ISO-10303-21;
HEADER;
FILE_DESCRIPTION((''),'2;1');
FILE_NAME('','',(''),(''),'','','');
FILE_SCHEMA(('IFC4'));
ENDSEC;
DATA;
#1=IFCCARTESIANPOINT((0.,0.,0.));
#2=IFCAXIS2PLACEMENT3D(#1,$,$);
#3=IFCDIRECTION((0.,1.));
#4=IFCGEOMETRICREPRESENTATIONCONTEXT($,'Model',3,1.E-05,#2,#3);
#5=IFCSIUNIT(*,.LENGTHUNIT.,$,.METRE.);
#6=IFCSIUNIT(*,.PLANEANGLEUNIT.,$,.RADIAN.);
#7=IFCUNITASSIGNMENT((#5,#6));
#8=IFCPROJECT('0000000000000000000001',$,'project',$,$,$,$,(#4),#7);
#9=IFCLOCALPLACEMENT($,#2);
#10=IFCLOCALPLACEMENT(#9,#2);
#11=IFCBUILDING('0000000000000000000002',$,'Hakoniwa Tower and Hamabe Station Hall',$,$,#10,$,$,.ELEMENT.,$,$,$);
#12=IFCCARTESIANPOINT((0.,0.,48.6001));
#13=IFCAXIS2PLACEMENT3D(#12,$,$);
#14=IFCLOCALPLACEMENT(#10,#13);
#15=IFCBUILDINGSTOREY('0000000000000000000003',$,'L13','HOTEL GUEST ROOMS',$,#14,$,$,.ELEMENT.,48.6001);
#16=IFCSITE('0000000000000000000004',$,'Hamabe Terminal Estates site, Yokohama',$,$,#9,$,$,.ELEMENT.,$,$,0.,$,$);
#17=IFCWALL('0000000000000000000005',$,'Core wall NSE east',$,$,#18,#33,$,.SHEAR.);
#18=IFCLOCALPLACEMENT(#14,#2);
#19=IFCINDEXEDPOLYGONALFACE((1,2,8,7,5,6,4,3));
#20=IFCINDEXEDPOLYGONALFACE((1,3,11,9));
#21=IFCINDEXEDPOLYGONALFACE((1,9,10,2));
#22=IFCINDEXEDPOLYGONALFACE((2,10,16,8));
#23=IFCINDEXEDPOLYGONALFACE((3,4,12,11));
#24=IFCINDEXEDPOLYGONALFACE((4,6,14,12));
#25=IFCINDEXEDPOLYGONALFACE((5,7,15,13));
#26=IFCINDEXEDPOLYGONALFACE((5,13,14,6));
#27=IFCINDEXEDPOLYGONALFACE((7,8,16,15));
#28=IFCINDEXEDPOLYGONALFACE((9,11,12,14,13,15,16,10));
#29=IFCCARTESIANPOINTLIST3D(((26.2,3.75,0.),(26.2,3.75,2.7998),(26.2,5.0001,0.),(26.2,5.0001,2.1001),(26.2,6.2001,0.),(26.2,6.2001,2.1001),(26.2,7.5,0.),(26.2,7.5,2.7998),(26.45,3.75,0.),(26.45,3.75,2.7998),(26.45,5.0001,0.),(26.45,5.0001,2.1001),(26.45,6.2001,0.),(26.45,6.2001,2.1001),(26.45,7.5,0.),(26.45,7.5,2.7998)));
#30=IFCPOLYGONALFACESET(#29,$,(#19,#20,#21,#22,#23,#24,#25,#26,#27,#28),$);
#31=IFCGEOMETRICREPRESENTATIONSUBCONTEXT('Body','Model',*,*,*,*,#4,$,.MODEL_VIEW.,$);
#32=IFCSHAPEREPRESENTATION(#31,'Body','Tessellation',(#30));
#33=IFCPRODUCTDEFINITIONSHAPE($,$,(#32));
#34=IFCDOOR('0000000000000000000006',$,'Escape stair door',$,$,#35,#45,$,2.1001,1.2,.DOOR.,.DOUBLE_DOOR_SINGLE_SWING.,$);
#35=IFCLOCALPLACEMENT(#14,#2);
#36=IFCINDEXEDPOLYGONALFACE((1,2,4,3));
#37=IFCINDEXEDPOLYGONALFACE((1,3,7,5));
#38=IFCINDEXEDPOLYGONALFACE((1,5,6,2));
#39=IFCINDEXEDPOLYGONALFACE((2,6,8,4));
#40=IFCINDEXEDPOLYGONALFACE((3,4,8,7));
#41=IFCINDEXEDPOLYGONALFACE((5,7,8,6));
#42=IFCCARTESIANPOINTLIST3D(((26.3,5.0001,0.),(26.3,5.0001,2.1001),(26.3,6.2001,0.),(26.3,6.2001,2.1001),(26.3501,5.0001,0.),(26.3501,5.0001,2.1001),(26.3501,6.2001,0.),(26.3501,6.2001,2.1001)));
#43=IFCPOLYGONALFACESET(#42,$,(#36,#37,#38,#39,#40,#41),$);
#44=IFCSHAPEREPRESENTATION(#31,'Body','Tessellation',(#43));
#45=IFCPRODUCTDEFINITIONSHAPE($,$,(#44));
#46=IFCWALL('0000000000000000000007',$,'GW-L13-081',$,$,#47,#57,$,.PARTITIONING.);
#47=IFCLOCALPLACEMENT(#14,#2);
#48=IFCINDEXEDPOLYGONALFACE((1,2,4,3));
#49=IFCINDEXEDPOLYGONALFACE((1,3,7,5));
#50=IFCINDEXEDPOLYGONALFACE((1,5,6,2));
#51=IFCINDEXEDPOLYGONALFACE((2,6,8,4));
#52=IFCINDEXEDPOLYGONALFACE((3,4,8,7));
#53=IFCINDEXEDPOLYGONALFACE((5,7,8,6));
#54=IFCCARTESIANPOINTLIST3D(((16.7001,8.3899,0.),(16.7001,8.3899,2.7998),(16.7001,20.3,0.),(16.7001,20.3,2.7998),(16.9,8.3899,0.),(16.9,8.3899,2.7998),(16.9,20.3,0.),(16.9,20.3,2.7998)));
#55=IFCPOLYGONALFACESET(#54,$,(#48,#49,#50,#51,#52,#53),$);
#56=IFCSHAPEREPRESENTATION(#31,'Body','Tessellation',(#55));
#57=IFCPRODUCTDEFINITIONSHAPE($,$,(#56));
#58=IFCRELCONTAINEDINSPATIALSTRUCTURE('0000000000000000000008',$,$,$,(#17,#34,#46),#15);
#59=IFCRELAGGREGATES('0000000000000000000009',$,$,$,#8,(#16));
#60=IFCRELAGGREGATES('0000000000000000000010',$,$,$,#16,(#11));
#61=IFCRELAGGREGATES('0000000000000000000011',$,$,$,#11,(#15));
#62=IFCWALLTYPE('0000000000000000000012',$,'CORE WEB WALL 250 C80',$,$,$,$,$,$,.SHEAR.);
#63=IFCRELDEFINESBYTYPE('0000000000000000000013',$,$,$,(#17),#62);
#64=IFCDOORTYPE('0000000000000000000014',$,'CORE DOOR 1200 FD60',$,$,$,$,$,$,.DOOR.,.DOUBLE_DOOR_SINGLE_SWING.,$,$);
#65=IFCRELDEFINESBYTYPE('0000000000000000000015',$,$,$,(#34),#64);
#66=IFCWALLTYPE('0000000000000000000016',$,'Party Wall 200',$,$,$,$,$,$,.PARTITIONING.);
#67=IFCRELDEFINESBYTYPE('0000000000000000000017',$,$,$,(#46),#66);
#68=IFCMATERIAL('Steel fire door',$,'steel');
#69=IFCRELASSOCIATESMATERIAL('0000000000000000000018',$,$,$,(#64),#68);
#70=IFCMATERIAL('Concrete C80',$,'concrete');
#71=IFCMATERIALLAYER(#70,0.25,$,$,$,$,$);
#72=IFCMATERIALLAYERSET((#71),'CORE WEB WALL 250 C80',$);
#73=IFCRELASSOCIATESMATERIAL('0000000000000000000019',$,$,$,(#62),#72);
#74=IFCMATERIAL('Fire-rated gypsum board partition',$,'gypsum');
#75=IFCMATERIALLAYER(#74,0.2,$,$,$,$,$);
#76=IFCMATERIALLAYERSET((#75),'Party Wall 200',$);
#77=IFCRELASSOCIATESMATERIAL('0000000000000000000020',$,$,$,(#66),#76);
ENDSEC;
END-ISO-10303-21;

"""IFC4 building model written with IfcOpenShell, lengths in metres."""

from ifc_helpers import new_model, si_unit, direction, frame, frame_2d, origin, place, context, subcontext, project, spatial, rectangle, extrude, material, layer, layer_set, type_object, element, fill, save


model = new_model("IFC4")

# Units and contexts
model_context = context("Model", 3, precision=1e-05, world=origin(), true_north=direction((0.0, 1.0)))
body_context = subcontext(model_context, "Body", "Model", "MODEL_VIEW")
ifc_project = project(units=[si_unit("LENGTHUNIT", "METRE"), si_unit("PLANEANGLEUNIT", "RADIAN")], contexts=[model_context])

# Site, building, storey
site_placement = place(None, origin())
site = spatial("IfcSite", under=ifc_project, at=site_placement, Name="Hamabe Terminal Estates site, Yokohama", CompositionType="ELEMENT", RefElevation=0.0)
building_placement = place(site_placement, origin())
building = spatial("IfcBuilding", under=site, at=building_placement, Name="Hakoniwa Tower and Hamabe Station Hall", CompositionType="ELEMENT")
storey_placement = place(building_placement, frame((0.0, 0.0, 48.6001)))
storey = spatial("IfcBuildingStorey", under=building, at=storey_placement, Name="L13", Description="HOTEL GUEST ROOMS", CompositionType="ELEMENT", Elevation=48.6001)

# Shared definitions
ifc_material_1 = material(Name="Steel fire door", Category="steel")
door_type_1 = type_object("IfcDoorType", Name="CORE DOOR 1200 FD60", OperationType="DOUBLE_DOOR_SINGLE_SWING", PredefinedType="DOOR", material=ifc_material_1)

# Shared definitions
ifc_material_2 = material(Name="Concrete C80", Category="concrete")
ifc_layer_1 = layer(ifc_material_2, 0.25)
ifc_layer_set_1 = layer_set([ifc_layer_1], Name="CORE WEB WALL 250 C80")
wall_type_1 = type_object("IfcWallType", Name="CORE WEB WALL 250 C80", PredefinedType="SHEAR", material=ifc_layer_set_1)

# Wall, opening, door
wall_1_placement = place(storey_placement, frame((26.325, 3.75, 0.0), z_axis=(0.0, 0.0, 1.0), x_axis=(0.0, 1.0, 0.0)))
wall_1 = element("IfcWall", 1, at=wall_1_placement, inside=storey, type_object=wall_type_1, Name="Core wall NSE east", PredefinedType="SHEAR", context=body_context, shape_type="SweptSolid", body=[
    extrude(rectangle(XDim=3.75, YDim=0.25, at=frame_2d((1.875, 0.0))), origin(), (0.0, 0.0, 1.0), 2.7998),
])
opening_1_placement = place(wall_1_placement, frame((1.25, 0.0, 0.0)))
opening_1 = element("IfcOpeningElement", 2, at=opening_1_placement, cuts=wall_1, PredefinedType="OPENING", context=body_context, shape_type="SweptSolid", body=[
    extrude(rectangle(XDim=1.2, YDim=2.1001, at=frame_2d((0.6001, 1.05))), frame((0.0, 0.135, 0.0), z_axis=(0.0, -1.0, 0.0), x_axis=(1.0, 0.0, 0.0)), (0.0, 0.0, 1.0), 0.27),
])
door_1_placement = place(opening_1_placement, origin())
door_1 = element("IfcDoor", 3, at=door_1_placement, inside=storey, type_object=door_type_1, Name="Escape stair door", OperationType="DOUBLE_DOOR_SINGLE_SWING", OverallHeight=2.1001, OverallWidth=1.2, PredefinedType="DOOR", context=body_context, shape_type="SweptSolid", body=[
    extrude(rectangle(XDim=1.2, YDim=2.1001, at=frame_2d((0.6001, 1.05))), frame((0.0, 0.0249, 0.0), z_axis=(0.0, -1.0, 0.0), x_axis=(1.0, 0.0, 0.0)), (0.0, 0.0, 1.0), 0.05),
])
fill(opening_1, door_1)

# Wall
ifc_material_3 = material(Name="Fire-rated gypsum board partition", Category="gypsum")
ifc_layer_2 = layer(ifc_material_3, 0.2)
ifc_layer_set_2 = layer_set([ifc_layer_2], Name="Party Wall 200")
wall_type_2 = type_object("IfcWallType", Name="Party Wall 200", PredefinedType="PARTITIONING", material=ifc_layer_set_2)
wall_2_placement = place(storey_placement, frame((16.8, 8.3899, 0.0), z_axis=(0.0, 0.0, 1.0), x_axis=(0.0, 1.0, 0.0)))
element("IfcWall", 4, at=wall_2_placement, inside=storey, type_object=wall_type_2, Name="GW-L13-081", PredefinedType="PARTITIONING", context=body_context, shape_type="SweptSolid", body=[
    extrude(rectangle(XDim=11.9102, YDim=0.2, at=frame_2d((5.9551, 0.0))), origin(), (0.0, 0.0, 1.0), 2.7998),
])

save(model, "model.ifc")
